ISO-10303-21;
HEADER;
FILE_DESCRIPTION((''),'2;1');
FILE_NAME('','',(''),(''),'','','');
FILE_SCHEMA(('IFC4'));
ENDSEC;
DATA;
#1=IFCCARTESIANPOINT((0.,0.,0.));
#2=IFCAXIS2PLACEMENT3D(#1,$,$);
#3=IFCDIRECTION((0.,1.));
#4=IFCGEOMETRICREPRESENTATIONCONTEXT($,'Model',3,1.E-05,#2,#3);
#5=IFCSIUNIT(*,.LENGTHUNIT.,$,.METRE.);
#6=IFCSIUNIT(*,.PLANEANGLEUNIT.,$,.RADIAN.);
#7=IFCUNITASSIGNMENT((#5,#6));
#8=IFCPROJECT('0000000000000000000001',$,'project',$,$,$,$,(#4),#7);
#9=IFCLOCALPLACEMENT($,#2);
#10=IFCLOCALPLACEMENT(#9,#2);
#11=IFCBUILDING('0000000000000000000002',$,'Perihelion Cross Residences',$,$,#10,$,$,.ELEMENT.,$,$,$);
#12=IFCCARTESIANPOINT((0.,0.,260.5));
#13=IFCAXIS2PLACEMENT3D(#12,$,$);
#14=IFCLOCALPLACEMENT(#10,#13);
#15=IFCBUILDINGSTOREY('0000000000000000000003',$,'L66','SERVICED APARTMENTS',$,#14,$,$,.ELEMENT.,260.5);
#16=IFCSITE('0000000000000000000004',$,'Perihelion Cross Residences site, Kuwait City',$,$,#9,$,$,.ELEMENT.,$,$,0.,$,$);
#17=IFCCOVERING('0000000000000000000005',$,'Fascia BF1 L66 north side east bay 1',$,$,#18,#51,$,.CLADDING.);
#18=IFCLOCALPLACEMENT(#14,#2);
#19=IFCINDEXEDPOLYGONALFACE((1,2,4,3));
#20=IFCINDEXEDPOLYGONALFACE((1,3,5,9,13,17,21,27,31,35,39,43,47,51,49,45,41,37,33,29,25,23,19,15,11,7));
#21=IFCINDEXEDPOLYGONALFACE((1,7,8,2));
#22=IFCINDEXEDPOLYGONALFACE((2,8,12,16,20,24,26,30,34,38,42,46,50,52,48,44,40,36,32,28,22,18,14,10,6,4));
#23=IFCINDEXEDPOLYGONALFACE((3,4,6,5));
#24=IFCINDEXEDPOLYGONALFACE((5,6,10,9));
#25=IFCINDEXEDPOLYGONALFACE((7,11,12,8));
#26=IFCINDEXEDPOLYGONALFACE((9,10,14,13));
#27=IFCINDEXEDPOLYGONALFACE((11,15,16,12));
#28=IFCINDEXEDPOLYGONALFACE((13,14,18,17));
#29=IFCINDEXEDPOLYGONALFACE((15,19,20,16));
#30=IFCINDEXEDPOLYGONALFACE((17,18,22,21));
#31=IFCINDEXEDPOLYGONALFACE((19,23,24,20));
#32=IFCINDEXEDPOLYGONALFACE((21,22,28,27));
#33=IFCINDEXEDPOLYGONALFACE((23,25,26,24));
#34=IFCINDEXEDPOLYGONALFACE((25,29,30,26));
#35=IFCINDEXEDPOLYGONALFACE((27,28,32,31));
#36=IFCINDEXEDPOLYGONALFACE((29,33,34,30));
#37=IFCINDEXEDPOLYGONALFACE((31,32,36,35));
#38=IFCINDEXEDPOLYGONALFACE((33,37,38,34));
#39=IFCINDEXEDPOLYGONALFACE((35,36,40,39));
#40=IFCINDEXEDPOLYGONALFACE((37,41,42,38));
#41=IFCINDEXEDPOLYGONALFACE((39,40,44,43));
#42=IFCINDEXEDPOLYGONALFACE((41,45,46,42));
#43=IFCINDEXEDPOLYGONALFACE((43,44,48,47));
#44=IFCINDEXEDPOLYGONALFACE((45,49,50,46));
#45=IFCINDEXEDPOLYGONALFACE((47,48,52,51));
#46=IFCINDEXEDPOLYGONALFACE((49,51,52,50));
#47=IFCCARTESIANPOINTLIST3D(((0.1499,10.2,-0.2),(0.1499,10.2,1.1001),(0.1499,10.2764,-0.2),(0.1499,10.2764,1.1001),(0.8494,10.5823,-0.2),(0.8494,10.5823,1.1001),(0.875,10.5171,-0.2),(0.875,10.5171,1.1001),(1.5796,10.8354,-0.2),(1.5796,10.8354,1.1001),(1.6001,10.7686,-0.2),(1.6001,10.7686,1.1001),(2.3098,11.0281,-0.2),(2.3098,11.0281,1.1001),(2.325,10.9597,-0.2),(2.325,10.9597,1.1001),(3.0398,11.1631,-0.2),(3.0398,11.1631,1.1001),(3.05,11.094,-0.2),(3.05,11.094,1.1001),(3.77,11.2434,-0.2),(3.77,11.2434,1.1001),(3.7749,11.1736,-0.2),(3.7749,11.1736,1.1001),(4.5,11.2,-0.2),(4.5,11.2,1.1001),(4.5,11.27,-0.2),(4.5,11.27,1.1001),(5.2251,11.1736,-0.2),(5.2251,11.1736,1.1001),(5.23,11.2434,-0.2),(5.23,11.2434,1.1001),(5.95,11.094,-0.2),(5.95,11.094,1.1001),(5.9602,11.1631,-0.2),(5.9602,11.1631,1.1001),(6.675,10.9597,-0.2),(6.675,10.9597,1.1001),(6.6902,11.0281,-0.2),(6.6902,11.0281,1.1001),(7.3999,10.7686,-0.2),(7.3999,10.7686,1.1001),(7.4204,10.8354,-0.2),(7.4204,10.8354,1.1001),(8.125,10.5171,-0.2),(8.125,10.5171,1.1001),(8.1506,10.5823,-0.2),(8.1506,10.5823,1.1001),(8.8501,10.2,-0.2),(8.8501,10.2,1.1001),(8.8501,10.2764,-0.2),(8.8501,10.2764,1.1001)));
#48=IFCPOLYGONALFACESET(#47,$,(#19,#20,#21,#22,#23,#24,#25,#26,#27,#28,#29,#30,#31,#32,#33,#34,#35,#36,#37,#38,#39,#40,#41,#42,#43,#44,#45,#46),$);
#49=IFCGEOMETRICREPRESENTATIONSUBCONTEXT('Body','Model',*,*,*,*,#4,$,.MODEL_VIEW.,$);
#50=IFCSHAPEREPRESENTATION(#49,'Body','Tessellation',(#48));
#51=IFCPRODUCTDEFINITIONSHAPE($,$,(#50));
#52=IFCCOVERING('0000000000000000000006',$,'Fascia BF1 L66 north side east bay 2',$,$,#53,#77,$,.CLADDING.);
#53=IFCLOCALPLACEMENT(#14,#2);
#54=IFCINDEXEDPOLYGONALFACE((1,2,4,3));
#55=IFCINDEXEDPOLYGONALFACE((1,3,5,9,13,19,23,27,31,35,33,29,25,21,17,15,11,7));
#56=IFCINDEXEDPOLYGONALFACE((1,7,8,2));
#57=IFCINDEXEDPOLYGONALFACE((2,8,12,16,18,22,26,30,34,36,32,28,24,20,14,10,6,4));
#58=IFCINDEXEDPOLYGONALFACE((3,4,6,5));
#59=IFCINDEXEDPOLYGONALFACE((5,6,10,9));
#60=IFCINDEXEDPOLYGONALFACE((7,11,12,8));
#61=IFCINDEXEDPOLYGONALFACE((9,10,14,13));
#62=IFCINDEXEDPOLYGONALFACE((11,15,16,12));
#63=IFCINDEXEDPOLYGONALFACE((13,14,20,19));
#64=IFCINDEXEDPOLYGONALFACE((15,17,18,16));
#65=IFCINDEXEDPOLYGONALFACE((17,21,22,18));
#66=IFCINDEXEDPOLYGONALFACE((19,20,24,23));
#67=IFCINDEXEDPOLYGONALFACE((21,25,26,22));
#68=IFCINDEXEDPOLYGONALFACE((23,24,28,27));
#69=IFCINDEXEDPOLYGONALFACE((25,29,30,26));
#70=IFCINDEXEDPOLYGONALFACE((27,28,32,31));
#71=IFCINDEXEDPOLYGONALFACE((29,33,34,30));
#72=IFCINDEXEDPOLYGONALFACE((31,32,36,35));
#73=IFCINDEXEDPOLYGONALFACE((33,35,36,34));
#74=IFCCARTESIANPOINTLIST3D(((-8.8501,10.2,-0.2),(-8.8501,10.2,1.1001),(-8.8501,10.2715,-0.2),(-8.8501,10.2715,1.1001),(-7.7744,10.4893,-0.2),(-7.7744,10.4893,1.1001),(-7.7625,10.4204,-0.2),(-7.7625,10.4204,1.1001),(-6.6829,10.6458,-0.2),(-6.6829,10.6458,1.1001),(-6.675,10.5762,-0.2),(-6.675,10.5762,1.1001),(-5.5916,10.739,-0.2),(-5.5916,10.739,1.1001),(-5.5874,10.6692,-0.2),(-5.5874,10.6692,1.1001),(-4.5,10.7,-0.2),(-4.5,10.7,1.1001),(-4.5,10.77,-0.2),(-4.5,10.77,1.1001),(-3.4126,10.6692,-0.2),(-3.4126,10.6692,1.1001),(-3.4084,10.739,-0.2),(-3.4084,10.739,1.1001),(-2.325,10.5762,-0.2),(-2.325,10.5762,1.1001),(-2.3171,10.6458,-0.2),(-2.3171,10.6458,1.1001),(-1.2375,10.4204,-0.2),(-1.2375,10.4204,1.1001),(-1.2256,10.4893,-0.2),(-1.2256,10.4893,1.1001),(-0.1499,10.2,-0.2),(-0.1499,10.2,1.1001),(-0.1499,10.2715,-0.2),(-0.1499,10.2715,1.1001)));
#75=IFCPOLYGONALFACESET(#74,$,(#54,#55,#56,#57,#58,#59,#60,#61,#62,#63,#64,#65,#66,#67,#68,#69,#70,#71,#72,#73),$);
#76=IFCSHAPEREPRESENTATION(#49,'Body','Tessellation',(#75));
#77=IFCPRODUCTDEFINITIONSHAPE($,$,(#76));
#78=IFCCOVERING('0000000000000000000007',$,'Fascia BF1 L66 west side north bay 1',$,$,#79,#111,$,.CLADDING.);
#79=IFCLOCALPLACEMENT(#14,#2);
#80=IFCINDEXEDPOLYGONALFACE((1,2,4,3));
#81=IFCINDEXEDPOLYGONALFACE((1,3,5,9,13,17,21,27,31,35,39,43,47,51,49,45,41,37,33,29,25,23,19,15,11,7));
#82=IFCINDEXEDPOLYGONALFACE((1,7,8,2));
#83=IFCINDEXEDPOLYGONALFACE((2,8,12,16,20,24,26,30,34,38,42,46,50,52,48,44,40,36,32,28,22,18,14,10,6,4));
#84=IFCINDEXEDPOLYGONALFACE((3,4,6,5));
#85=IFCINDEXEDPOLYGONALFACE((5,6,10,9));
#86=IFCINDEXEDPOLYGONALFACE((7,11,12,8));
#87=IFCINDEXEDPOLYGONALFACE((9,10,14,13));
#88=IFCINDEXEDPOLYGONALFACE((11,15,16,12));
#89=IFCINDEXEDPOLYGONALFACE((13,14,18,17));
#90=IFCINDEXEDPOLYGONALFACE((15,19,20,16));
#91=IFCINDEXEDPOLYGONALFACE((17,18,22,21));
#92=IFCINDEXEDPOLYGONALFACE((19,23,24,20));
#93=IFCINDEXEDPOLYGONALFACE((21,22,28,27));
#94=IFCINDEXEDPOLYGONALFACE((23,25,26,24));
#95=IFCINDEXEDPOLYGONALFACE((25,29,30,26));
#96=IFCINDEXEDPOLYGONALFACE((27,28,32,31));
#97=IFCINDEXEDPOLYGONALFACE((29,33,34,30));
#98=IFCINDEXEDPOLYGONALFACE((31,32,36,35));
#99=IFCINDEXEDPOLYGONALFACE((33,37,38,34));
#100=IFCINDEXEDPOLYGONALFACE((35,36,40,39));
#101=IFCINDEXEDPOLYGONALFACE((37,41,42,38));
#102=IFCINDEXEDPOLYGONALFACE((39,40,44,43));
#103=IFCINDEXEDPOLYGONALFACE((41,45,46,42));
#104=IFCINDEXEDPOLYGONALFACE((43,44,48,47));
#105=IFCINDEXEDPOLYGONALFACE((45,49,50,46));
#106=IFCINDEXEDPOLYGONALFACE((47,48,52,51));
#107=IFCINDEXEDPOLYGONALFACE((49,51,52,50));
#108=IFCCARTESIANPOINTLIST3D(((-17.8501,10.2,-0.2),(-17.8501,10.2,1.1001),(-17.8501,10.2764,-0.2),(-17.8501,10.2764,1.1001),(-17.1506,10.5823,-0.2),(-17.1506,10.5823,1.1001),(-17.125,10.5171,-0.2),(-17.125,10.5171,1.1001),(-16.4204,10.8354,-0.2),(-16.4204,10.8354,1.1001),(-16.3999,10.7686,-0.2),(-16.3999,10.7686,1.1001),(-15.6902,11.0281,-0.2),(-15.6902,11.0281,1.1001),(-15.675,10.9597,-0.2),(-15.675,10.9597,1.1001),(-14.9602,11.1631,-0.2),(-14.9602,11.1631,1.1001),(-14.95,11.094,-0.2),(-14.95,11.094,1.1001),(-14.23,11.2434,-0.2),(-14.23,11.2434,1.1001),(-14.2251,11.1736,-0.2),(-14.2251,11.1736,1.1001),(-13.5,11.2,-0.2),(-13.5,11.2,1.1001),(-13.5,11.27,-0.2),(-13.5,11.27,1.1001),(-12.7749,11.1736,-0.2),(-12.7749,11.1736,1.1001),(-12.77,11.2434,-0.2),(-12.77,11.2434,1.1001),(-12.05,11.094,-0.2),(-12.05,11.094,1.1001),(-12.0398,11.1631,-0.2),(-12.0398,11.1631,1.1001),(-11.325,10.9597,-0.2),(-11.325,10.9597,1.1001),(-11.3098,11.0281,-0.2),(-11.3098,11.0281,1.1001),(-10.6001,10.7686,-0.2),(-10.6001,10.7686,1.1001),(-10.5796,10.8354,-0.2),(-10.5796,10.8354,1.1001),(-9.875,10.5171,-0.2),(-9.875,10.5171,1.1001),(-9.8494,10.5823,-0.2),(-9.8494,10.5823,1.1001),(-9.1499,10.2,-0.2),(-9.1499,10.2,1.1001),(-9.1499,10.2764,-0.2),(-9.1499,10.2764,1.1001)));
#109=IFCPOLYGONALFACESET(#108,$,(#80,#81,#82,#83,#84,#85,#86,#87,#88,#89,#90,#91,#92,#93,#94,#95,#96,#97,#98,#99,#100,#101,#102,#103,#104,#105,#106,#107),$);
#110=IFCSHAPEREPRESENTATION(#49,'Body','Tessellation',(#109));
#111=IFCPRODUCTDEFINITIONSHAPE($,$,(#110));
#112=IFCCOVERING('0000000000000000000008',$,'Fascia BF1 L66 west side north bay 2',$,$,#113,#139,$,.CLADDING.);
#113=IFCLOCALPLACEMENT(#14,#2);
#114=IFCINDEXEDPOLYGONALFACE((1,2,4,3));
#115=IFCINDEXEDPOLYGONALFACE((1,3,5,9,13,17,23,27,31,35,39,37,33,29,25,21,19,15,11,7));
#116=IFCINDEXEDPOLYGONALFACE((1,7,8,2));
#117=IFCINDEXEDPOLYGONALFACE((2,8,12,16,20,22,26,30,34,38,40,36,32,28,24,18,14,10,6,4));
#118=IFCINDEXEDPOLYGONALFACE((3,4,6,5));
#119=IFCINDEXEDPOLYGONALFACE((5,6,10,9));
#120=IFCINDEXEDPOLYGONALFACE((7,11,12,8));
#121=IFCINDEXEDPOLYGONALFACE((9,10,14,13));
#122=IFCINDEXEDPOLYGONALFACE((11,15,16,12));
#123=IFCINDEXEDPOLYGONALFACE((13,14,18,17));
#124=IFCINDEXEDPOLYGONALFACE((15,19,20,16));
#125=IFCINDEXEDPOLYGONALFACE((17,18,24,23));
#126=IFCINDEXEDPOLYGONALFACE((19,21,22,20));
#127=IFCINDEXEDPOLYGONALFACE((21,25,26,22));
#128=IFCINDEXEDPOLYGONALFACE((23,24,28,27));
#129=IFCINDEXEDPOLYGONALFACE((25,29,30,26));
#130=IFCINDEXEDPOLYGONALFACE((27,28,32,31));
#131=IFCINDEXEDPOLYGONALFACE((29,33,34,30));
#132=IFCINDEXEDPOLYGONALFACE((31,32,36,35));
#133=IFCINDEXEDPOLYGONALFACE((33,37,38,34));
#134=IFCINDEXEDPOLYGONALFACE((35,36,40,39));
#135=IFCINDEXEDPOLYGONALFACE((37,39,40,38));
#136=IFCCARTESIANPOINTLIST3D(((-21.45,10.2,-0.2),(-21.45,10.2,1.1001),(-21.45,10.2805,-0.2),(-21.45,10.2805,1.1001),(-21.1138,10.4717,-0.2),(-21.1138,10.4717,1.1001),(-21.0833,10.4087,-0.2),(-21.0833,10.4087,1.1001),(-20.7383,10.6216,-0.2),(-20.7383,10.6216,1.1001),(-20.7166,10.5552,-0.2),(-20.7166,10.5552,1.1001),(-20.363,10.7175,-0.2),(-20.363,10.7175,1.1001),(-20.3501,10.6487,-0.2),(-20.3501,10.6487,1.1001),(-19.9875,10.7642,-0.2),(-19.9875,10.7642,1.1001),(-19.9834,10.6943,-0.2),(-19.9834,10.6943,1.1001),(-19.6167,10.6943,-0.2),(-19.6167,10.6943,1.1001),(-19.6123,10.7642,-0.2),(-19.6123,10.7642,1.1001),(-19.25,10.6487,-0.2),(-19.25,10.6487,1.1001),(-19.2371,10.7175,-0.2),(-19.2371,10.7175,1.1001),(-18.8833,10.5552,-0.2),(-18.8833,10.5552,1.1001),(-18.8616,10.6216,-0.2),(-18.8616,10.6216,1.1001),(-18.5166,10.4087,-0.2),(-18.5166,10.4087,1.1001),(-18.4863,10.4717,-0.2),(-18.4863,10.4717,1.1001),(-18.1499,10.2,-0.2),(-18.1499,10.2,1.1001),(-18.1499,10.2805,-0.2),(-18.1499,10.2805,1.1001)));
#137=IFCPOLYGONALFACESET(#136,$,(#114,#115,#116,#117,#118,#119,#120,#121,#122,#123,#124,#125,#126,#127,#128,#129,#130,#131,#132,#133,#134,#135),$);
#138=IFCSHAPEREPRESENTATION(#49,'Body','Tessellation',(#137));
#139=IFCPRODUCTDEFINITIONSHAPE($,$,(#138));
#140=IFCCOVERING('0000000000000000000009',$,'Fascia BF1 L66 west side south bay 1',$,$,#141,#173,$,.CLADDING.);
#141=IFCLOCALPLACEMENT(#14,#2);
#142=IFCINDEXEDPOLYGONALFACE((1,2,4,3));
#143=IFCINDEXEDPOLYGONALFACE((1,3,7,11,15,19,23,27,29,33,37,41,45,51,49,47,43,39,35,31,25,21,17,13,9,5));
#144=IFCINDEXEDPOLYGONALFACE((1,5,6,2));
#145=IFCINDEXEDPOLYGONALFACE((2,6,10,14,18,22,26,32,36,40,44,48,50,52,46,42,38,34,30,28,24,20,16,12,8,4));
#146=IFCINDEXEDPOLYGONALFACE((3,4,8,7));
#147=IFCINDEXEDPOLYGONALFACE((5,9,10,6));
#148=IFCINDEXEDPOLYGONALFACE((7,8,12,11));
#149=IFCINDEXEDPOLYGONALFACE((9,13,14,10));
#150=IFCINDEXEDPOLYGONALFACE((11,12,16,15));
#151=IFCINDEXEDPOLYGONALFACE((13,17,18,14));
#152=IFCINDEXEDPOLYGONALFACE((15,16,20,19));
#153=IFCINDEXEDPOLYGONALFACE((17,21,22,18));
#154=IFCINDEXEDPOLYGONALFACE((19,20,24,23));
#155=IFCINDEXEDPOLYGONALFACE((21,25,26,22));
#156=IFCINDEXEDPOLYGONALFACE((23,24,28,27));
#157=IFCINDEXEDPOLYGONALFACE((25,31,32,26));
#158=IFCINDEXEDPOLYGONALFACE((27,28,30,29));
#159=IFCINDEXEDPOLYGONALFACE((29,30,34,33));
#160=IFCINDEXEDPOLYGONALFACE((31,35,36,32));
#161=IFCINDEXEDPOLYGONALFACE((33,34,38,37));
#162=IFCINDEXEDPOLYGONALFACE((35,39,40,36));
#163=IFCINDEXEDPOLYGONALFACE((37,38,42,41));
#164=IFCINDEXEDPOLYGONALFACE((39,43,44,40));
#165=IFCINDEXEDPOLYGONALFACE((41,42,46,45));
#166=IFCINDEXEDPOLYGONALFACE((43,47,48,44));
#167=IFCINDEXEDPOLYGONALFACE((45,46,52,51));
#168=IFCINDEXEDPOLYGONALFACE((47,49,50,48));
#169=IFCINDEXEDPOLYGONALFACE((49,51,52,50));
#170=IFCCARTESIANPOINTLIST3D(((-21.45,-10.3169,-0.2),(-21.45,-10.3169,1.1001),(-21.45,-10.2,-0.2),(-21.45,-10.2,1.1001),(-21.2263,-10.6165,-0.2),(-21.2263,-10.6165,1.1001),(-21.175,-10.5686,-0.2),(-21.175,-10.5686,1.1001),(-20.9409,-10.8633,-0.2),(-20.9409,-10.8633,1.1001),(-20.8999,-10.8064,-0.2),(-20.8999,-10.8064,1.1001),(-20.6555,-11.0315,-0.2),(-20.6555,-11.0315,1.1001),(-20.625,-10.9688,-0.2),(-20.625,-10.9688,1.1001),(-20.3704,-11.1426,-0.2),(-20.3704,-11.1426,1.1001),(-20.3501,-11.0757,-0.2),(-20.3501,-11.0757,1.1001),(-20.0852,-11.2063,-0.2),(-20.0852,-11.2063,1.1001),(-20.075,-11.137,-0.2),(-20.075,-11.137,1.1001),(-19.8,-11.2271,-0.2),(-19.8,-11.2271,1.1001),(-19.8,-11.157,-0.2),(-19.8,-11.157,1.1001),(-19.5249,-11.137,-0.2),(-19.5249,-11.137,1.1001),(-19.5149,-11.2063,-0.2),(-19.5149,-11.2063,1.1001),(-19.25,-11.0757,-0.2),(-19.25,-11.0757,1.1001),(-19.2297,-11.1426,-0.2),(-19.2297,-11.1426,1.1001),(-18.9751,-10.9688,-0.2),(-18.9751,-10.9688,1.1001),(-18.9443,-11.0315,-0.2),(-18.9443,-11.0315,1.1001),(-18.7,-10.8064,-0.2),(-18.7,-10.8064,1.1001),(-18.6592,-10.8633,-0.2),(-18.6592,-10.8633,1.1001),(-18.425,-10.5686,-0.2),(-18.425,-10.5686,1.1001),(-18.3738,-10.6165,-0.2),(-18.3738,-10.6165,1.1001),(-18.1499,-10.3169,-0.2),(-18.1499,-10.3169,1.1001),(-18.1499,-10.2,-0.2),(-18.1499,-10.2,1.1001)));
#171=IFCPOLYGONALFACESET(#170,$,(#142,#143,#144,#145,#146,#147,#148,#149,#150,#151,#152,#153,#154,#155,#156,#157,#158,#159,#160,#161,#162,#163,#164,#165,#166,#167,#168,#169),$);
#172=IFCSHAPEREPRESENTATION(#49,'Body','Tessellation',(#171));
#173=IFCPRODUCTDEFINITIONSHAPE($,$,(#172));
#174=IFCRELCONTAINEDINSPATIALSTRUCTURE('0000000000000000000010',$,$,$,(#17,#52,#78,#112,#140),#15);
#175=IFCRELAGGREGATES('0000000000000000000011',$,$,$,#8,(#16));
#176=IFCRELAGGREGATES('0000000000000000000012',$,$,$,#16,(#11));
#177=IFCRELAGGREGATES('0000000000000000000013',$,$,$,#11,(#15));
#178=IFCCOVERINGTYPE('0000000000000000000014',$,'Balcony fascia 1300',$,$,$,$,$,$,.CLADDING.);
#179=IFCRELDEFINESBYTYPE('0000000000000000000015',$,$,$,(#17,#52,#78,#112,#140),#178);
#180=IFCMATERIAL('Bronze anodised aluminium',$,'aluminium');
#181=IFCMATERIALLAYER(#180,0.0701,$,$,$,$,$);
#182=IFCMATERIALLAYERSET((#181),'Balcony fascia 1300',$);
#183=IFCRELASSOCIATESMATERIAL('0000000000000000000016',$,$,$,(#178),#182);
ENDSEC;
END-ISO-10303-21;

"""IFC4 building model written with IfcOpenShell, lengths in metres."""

from ifc_helpers import new_model, si_unit, direction, frame, origin, place, context, subcontext, project, spatial, polyline, outline, extrude, material, layer, layer_set, type_object, element, save


model = new_model("IFC4")

# Units and contexts
model_context = context("Model", 3, precision=1e-05, world=origin(), true_north=direction((0.0, 1.0)))
body_context = subcontext(model_context, "Body", "Model", "MODEL_VIEW")
ifc_project = project(units=[si_unit("LENGTHUNIT", "METRE"), si_unit("PLANEANGLEUNIT", "RADIAN")], contexts=[model_context])

# Site, building, storey
site_placement = place(None, origin())
site = spatial("IfcSite", under=ifc_project, at=site_placement, Name="Perihelion Cross Residences site, Kuwait City", CompositionType="ELEMENT", RefElevation=0.0)
building_placement = place(site_placement, origin())
building = spatial("IfcBuilding", under=site, at=building_placement, Name="Perihelion Cross Residences", CompositionType="ELEMENT")
storey_placement = place(building_placement, frame((0.0, 0.0, 260.5)))
storey = spatial("IfcBuildingStorey", under=building, at=storey_placement, Name="L66", Description="SERVICED APARTMENTS", CompositionType="ELEMENT", Elevation=260.5)

# Coverings
ifc_material_1 = material(Name="Bronze anodised aluminium", Category="aluminium")
ifc_layer_1 = layer(ifc_material_1, 0.0701)
ifc_layer_set_1 = layer_set([ifc_layer_1], Name="Balcony fascia 1300")
covering_type = type_object("IfcCoveringType", Name="Balcony fascia 1300", PredefinedType="CLADDING", material=ifc_layer_set_1)
covering_1_placement = place(storey_placement, frame((0.0, 0.0, -0.2)))
element("IfcCovering", 1, at=covering_1_placement, inside=storey, type_object=covering_type, Name="Fascia BF1 L66 north side east bay 1", PredefinedType="CLADDING", context=body_context, shape_type="SweptSolid", body=[
    extrude(outline(polyline([(8.1506, 10.5823), (7.4204, 10.8354), (6.6902, 11.0281), (5.9602, 11.1631), (5.23, 11.2434), (4.5, 11.27), (3.77, 11.2434), (3.0398, 11.1631), (2.3098, 11.0281), (1.5796, 10.8354), (0.8494, 10.5823), (0.1499, 10.2764), (0.1499, 10.2), (0.875, 10.5171), (1.6001, 10.7686), (2.325, 10.9597), (3.05, 11.094), (3.7749, 11.1736), (4.5, 11.2), (5.2251, 11.1736), (5.95, 11.094), (6.675, 10.9597), (7.3999, 10.7686), (8.125, 10.5171), (8.8501, 10.2), (8.8501, 10.2764), (8.1506, 10.5823)])), origin(), (0.0, 0.0, 1.0), 1.3),
])
covering_2_placement = place(storey_placement, frame((0.0, 0.0, -0.2)))
element("IfcCovering", 2, at=covering_2_placement, inside=storey, type_object=covering_type, Name="Fascia BF1 L66 north side east bay 2", PredefinedType="CLADDING", context=body_context, shape_type="SweptSolid", body=[
    extrude(outline(polyline([(-1.2256, 10.4893), (-2.3171, 10.6458), (-3.4084, 10.739), (-4.5, 10.77), (-5.5916, 10.739), (-6.6829, 10.6458), (-7.7744, 10.4893), (-8.8501, 10.2715), (-8.8501, 10.2), (-7.7625, 10.4204), (-6.675, 10.5762), (-5.5874, 10.6692), (-4.5, 10.7), (-3.4126, 10.6692), (-2.325, 10.5762), (-1.2375, 10.4204), (-0.1499, 10.2), (-0.1499, 10.2715), (-1.2256, 10.4893)])), origin(), (0.0, 0.0, 1.0), 1.3),
])
covering_3_placement = place(storey_placement, frame((0.0, 0.0, -0.2)))
element("IfcCovering", 3, at=covering_3_placement, inside=storey, type_object=covering_type, Name="Fascia BF1 L66 west side north bay 1", PredefinedType="CLADDING", context=body_context, shape_type="SweptSolid", body=[
    extrude(outline(polyline([(-9.8494, 10.5823), (-10.5796, 10.8354), (-11.3098, 11.0281), (-12.0398, 11.1631), (-12.77, 11.2434), (-13.5, 11.27), (-14.23, 11.2434), (-14.9602, 11.1631), (-15.6902, 11.0281), (-16.4204, 10.8354), (-17.1506, 10.5823), (-17.8501, 10.2764), (-17.8501, 10.2), (-17.125, 10.5171), (-16.3999, 10.7686), (-15.675, 10.9597), (-14.95, 11.094), (-14.2251, 11.1736), (-13.5, 11.2), (-12.7749, 11.1736), (-12.05, 11.094), (-11.325, 10.9597), (-10.6001, 10.7686), (-9.875, 10.5171), (-9.1499, 10.2), (-9.1499, 10.2764), (-9.8494, 10.5823)])), origin(), (0.0, 0.0, 1.0), 1.3),
])
covering_4_placement = place(storey_placement, frame((0.0, 0.0, -0.2)))
element("IfcCovering", 4, at=covering_4_placement, inside=storey, type_object=covering_type, Name="Fascia BF1 L66 west side north bay 2", PredefinedType="CLADDING", context=body_context, shape_type="SweptSolid", body=[
    extrude(outline(polyline([(-18.4863, 10.4717), (-18.8616, 10.6216), (-19.2371, 10.7175), (-19.6123, 10.7642), (-19.9875, 10.7642), (-20.363, 10.7175), (-20.7383, 10.6216), (-21.1138, 10.4717), (-21.45, 10.2805), (-21.45, 10.2), (-21.0833, 10.4087), (-20.7166, 10.5552), (-20.3501, 10.6487), (-19.9834, 10.6943), (-19.6167, 10.6943), (-19.25, 10.6487), (-18.8833, 10.5552), (-18.5166, 10.4087), (-18.1499, 10.2), (-18.1499, 10.2805), (-18.4863, 10.4717)])), origin(), (0.0, 0.0, 1.0), 1.3),
])
covering_5_placement = place(storey_placement, frame((0.0, 0.0, -0.2)))
element("IfcCovering", 5, at=covering_5_placement, inside=storey, type_object=covering_type, Name="Fascia BF1 L66 west side south bay 1", PredefinedType="CLADDING", context=body_context, shape_type="SweptSolid", body=[
    extrude(outline(polyline([(-21.2263, -10.6165), (-20.9409, -10.8633), (-20.6555, -11.0315), (-20.3704, -11.1426), (-20.0852, -11.2063), (-19.8, -11.2271), (-19.5149, -11.2063), (-19.2297, -11.1426), (-18.9443, -11.0315), (-18.6592, -10.8633), (-18.3738, -10.6165), (-18.1499, -10.3169), (-18.1499, -10.2), (-18.425, -10.5686), (-18.7, -10.8064), (-18.9751, -10.9688), (-19.25, -11.0757), (-19.5249, -11.137), (-19.8, -11.157), (-20.075, -11.137), (-20.3501, -11.0757), (-20.625, -10.9688), (-20.8999, -10.8064), (-21.175, -10.5686), (-21.45, -10.2), (-21.45, -10.3169), (-21.2263, -10.6165)])), origin(), (0.0, 0.0, 1.0), 1.3),
])

save(model, "model.ifc")
